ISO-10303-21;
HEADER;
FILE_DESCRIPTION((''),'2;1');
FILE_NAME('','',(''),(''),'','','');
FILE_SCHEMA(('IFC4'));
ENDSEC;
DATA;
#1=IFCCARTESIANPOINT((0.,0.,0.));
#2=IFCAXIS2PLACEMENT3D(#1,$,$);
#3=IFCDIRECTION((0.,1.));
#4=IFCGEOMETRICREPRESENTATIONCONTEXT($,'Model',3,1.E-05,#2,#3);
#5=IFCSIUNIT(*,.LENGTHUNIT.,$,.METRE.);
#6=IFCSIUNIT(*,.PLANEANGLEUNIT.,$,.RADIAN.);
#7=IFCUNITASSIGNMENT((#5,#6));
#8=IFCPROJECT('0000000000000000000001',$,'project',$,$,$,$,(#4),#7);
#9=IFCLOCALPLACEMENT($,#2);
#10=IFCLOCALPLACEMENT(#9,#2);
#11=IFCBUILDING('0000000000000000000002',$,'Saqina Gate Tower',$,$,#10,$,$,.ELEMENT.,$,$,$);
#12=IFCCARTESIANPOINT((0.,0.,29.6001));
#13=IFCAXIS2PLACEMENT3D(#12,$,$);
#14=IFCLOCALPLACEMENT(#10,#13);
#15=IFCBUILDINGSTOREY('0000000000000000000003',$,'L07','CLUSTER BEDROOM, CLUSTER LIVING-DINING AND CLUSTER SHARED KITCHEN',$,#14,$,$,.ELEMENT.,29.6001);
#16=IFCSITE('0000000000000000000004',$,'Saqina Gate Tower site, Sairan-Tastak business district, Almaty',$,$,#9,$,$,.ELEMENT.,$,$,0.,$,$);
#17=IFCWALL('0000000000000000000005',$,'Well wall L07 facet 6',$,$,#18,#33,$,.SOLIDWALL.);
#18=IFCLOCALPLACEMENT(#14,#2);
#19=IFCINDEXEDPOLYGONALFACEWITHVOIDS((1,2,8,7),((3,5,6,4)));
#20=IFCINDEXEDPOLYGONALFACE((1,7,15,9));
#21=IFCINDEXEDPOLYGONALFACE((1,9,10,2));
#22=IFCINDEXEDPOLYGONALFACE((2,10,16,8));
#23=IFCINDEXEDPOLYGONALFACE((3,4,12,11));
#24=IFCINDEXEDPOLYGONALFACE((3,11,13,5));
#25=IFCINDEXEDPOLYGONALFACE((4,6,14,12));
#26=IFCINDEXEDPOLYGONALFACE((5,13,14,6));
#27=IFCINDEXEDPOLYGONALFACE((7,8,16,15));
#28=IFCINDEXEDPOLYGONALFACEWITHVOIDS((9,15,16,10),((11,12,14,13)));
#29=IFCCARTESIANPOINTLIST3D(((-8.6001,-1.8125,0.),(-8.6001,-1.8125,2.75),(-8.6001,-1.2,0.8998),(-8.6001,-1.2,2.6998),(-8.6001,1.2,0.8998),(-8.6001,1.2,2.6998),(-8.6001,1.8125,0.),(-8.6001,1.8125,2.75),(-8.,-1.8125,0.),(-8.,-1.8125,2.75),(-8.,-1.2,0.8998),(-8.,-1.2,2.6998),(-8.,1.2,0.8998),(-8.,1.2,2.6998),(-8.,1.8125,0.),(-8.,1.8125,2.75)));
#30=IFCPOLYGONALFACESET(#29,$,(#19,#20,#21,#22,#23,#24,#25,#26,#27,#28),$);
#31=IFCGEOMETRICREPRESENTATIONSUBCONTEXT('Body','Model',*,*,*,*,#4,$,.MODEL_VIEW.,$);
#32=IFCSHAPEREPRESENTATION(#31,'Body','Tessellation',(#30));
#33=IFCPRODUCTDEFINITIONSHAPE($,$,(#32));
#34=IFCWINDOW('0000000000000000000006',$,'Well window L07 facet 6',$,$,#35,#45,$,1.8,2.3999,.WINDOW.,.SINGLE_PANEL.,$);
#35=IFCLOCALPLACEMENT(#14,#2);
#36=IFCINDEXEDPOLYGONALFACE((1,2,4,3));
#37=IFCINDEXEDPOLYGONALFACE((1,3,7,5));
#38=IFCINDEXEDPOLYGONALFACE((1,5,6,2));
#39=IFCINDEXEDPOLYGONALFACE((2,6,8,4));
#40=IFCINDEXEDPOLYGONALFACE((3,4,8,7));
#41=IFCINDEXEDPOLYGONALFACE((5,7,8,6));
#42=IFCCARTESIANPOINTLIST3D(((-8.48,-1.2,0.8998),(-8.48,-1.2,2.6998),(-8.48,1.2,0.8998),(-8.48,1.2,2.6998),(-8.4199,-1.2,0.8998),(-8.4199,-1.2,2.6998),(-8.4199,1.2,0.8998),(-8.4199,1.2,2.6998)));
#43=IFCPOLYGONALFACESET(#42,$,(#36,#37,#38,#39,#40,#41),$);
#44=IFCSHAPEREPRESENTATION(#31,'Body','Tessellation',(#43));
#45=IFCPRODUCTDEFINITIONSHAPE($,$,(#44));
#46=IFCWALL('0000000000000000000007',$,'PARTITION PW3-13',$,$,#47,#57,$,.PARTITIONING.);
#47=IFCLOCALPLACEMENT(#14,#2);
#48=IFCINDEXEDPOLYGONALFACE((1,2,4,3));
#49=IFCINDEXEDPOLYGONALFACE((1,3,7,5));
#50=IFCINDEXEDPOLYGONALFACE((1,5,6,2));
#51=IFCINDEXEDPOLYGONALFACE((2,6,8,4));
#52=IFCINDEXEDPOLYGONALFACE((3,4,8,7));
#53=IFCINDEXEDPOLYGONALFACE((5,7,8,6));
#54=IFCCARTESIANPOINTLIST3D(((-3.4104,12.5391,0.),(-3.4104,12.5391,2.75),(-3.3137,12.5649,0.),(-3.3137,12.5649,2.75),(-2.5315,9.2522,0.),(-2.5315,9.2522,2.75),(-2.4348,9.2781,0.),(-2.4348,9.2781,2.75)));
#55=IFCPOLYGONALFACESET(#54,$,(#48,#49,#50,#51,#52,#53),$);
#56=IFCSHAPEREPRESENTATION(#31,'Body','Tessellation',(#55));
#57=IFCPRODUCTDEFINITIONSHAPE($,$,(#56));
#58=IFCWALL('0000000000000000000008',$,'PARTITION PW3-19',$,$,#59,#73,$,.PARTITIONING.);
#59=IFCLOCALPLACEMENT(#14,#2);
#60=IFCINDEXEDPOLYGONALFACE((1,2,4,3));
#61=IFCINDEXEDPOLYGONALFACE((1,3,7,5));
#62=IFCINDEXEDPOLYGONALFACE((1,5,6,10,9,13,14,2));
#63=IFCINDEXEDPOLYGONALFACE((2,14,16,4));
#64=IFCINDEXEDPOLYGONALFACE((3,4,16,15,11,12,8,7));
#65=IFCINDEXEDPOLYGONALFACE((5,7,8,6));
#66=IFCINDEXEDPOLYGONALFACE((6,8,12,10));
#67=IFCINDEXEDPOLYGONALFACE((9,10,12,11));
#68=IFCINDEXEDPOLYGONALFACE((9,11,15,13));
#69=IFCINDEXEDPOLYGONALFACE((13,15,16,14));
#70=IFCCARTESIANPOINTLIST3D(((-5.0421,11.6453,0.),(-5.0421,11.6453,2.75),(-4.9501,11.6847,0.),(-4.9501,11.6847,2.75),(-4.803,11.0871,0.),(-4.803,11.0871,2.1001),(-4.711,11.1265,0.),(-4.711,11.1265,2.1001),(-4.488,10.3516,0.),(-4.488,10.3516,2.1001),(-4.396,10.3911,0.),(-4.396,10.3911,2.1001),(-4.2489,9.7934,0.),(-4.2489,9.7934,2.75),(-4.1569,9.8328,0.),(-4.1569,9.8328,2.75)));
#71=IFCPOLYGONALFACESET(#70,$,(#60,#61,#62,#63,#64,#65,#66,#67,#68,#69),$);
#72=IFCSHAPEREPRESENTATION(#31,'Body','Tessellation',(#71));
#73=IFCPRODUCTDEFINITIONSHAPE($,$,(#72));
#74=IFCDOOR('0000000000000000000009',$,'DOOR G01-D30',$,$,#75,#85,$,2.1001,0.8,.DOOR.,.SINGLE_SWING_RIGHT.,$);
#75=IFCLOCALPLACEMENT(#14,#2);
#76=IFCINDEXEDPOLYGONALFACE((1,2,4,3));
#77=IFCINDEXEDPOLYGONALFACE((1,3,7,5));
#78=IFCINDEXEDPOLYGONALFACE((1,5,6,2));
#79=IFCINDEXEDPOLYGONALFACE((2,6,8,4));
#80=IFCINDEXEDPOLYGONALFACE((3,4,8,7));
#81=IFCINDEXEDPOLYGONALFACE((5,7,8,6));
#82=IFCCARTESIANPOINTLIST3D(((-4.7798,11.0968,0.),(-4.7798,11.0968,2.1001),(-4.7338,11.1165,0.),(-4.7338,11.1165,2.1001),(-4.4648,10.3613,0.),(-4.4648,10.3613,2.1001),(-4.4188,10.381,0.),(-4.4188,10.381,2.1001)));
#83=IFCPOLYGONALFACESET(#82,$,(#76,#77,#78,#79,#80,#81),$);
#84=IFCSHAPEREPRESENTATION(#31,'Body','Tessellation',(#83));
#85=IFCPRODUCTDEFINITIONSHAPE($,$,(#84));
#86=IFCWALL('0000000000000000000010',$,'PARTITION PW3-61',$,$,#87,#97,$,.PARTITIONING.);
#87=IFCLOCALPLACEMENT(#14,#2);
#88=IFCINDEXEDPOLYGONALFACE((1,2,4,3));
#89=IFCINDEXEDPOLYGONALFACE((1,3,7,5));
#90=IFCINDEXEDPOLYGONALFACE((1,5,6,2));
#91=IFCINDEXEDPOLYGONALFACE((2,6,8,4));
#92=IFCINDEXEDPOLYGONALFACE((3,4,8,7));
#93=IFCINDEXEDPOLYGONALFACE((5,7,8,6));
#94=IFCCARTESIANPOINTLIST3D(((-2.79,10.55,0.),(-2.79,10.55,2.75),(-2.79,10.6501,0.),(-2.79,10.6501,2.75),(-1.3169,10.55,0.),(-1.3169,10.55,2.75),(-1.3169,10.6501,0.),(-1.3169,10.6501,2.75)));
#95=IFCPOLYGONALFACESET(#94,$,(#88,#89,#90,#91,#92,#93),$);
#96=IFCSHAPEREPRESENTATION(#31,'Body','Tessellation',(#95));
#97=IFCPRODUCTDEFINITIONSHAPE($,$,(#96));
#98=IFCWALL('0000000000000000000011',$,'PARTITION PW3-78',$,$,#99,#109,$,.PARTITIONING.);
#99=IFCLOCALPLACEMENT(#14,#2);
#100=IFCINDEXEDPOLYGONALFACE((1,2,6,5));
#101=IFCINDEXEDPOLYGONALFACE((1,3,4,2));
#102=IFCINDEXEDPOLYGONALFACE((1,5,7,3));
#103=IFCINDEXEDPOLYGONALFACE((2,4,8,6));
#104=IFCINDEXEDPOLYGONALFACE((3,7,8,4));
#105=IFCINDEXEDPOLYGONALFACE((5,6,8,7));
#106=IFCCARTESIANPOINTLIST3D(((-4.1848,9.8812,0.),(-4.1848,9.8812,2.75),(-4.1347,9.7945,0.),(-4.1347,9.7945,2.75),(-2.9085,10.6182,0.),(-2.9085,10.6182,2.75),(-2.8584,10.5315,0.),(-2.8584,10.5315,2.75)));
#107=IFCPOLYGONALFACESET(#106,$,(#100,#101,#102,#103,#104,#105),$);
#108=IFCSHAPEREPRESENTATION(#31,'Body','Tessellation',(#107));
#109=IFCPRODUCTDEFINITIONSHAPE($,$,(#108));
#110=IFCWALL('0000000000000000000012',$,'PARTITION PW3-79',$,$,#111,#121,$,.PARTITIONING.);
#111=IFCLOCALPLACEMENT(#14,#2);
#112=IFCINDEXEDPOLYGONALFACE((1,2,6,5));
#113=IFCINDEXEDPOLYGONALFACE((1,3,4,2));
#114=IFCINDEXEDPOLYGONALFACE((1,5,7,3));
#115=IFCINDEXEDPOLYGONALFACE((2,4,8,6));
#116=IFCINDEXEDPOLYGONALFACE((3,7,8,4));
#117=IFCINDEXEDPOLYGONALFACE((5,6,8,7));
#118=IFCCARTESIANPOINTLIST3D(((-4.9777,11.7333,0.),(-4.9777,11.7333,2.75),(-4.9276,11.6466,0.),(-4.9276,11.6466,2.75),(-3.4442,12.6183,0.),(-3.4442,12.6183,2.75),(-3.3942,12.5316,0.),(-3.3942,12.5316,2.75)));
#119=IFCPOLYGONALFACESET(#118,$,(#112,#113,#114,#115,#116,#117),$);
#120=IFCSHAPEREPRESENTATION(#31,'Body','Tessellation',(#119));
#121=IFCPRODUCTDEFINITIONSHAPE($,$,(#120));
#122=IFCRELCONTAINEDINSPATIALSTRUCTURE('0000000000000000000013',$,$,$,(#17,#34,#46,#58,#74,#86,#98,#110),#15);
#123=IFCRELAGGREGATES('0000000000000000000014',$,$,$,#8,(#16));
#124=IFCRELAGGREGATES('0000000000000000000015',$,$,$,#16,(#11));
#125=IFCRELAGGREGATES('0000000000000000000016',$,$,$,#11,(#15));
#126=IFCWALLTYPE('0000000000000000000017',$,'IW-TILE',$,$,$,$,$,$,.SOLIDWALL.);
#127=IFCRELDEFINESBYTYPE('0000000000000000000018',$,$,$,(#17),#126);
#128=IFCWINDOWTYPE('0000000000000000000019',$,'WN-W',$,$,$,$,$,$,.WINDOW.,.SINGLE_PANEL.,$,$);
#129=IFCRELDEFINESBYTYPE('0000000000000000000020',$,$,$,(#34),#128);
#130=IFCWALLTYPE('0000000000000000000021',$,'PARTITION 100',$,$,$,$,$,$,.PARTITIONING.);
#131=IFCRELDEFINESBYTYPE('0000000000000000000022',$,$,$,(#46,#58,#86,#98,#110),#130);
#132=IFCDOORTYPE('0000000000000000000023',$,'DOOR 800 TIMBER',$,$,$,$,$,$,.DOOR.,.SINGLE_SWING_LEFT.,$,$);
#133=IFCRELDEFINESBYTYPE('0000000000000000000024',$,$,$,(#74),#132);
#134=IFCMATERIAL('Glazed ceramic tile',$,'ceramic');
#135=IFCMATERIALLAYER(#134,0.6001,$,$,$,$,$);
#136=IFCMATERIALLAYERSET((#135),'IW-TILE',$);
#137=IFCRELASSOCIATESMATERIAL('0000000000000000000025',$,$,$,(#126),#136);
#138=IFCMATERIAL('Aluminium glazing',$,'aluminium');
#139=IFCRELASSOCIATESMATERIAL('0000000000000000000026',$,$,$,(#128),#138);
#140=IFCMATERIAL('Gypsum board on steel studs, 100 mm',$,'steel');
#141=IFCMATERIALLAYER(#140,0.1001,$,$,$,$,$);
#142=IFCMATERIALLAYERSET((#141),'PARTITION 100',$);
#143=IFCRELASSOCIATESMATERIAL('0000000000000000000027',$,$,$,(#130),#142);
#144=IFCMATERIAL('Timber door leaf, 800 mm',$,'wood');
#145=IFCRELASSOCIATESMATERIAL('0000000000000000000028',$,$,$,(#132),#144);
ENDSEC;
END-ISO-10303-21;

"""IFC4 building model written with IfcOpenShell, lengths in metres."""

from ifc_helpers import new_model, si_unit, direction, frame, frame_2d, origin, place, context, subcontext, project, spatial, rectangle, extrude, material, layer, layer_set, type_object, element, fill, save


model = new_model("IFC4")

# Units and contexts
model_context = context("Model", 3, precision=1e-05, world=origin(), true_north=direction((0.0, 1.0)))
body_context = subcontext(model_context, "Body", "Model", "MODEL_VIEW")
ifc_project = project(units=[si_unit("LENGTHUNIT", "METRE"), si_unit("PLANEANGLEUNIT", "RADIAN")], contexts=[model_context])

# Site, building, storey
site_placement = place(None, origin())
site = spatial("IfcSite", under=ifc_project, at=site_placement, Name="Saqina Gate Tower site, Sairan-Tastak business district, Almaty", CompositionType="ELEMENT", RefElevation=0.0)
building_placement = place(site_placement, origin())
building = spatial("IfcBuilding", under=site, at=building_placement, Name="Saqina Gate Tower", CompositionType="ELEMENT")
storey_placement = place(building_placement, frame((0.0, 0.0, 29.6001)))
storey = spatial("IfcBuildingStorey", under=building, at=storey_placement, Name="L07", Description="CLUSTER BEDROOM, CLUSTER LIVING-DINING AND CLUSTER SHARED KITCHEN", CompositionType="ELEMENT", Elevation=29.6001)

# Wall, opening, window
ifc_material_1 = material(Name="Glazed ceramic tile", Category="ceramic")
ifc_layer_1 = layer(ifc_material_1, 0.6001)
ifc_layer_set_1 = layer_set([ifc_layer_1], Name="IW-TILE")
wall_type_1 = type_object("IfcWallType", Name="IW-TILE", PredefinedType="SOLIDWALL", material=ifc_layer_set_1)
ifc_material_2 = material(Name="Aluminium glazing", Category="aluminium")
window_type = type_object("IfcWindowType", Name="WN-W", PartitioningType="SINGLE_PANEL", PredefinedType="WINDOW", material=ifc_material_2)
wall_1_placement = place(storey_placement, frame((-8.3, 1.8125, 0.0), z_axis=(0.0, 0.0, 1.0), x_axis=(0.0, -1.0, 0.0)))
wall_1 = element("IfcWall", 1, at=wall_1_placement, inside=storey, type_object=wall_type_1, Name="Well wall L07 facet 6", PredefinedType="SOLIDWALL", context=body_context, shape_type="SweptSolid", body=[
    extrude(rectangle(XDim=3.625, YDim=0.6001, at=frame_2d((1.8125, 0.0))), origin(), (0.0, 0.0, 1.0), 2.75),
])
opening_1_placement = place(wall_1_placement, frame((0.6125, 0.0, 0.8999)))
opening_1 = element("IfcOpeningElement", 2, at=opening_1_placement, cuts=wall_1, PredefinedType="OPENING", context=body_context, shape_type="SweptSolid", body=[
    extrude(rectangle(XDim=2.3999, YDim=1.8, at=frame_2d((1.2, 0.8999))), frame((0.0, 0.312, 0.0), z_axis=(0.0, -1.0, 0.0), x_axis=(1.0, 0.0, 0.0)), (0.0, 0.0, 1.0), 0.624),
])
window_1_placement = place(opening_1_placement, origin())
window_1 = element("IfcWindow", 3, at=window_1_placement, inside=storey, type_object=window_type, Name="Well window L07 facet 6", OverallHeight=1.8, OverallWidth=2.3999, PartitioningType="SINGLE_PANEL", PredefinedType="WINDOW", context=body_context, shape_type="SweptSolid", body=[
    extrude(rectangle(XDim=2.3999, YDim=1.8, at=frame_2d((1.2, 0.8999))), frame((0.0, -0.1199, 0.0), z_axis=(0.0, -1.0, 0.0), x_axis=(1.0, 0.0, 0.0)), (0.0, 0.0, 1.0), 0.0601),
])
fill(opening_1, window_1)

# Wall
ifc_material_3 = material(Name="Gypsum board on steel studs, 100 mm", Category="steel")
ifc_layer_2 = layer(ifc_material_3, 0.1001)
ifc_layer_set_2 = layer_set([ifc_layer_2], Name="PARTITION 100")
wall_type_2 = type_object("IfcWallType", Name="PARTITION 100", PredefinedType="PARTITIONING", material=ifc_layer_set_2)
wall_2_placement = place(storey_placement, frame((-3.3621, 12.552, 0.0), z_axis=(0.0, 0.0, 1.0), x_axis=(0.258324, -0.966058, 0.0)))
element("IfcWall", 4, at=wall_2_placement, inside=storey, type_object=wall_type_2, Name="PARTITION PW3-13", PredefinedType="PARTITIONING", context=body_context, shape_type="SweptSolid", body=[
    extrude(rectangle(XDim=3.4023, YDim=0.1001, at=frame_2d((1.7012, 0.0))), origin(), (0.0, 0.0, 1.0), 2.75),
])

# Wall, opening, door
wall_3_placement = place(storey_placement, frame((-4.9961, 11.665, 0.0), z_axis=(0.0, 0.0, 1.0), x_axis=(0.3937, -0.919239, 0.0)))
wall_3 = element("IfcWall", 5, at=wall_3_placement, inside=storey, type_object=wall_type_2, Name="PARTITION PW3-19", PredefinedType="PARTITIONING", context=body_context, shape_type="SweptSolid", body=[
    extrude(rectangle(XDim=2.0146, YDim=0.1001, at=frame_2d((1.0073, 0.0))), origin(), (0.0, 0.0, 1.0), 2.75),
])
opening_2_placement = place(wall_3_placement, frame((0.6074, 0.0, 0.0)))
opening_2 = element("IfcOpeningElement", 6, at=opening_2_placement, cuts=wall_3, PredefinedType="OPENING", context=body_context, shape_type="SweptSolid", body=[
    extrude(rectangle(XDim=0.8, YDim=2.1001, at=frame_2d((0.3999, 1.05))), frame((0.0, 0.062, 0.0), z_axis=(0.0, -1.0, 0.0), x_axis=(1.0, 0.0, 0.0)), (0.0, 0.0, 1.0), 0.124),
])
ifc_material_4 = material(Name="Timber door leaf, 800 mm", Category="wood")
door_type = type_object("IfcDoorType", Name="DOOR 800 TIMBER", OperationType="SINGLE_SWING_LEFT", PredefinedType="DOOR", material=ifc_material_4)
door_placement = place(opening_2_placement, frame((0.8, 0.0, 0.0), z_axis=(0.0, 0.0, 1.0), x_axis=(-1.0, 0.0, 0.0)))
door = element("IfcDoor", 7, at=door_placement, inside=storey, type_object=door_type, Name="DOOR G01-D30", OperationType="SINGLE_SWING_RIGHT", OverallHeight=2.1001, OverallWidth=0.8, PredefinedType="DOOR", context=body_context, shape_type="SweptSolid", body=[
    extrude(rectangle(XDim=0.8, YDim=2.1001, at=frame_2d((0.3999, 1.05))), frame((0.0, 0.0249, 0.0), z_axis=(0.0, -1.0, 0.0), x_axis=(1.0, 0.0, 0.0)), (0.0, 0.0, 1.0), 0.05),
])
fill(opening_2, door)

# Walls
wall_4_placement = place(storey_placement, frame((-2.79, 10.6001, 0.0), z_axis=(0.0, 0.0, 1.0), x_axis=(1.0, 0.0, 0.0)))
element("IfcWall", 8, at=wall_4_placement, inside=storey, type_object=wall_type_2, Name="PARTITION PW3-61", PredefinedType="PARTITIONING", context=body_context, shape_type="SweptSolid", body=[
    extrude(rectangle(XDim=1.4731, YDim=0.1001, at=frame_2d((0.7366, 0.0))), origin(), (0.0, 0.0, 1.0), 2.75),
])
wall_5_placement = place(storey_placement, frame((-4.1597, 9.8379, 0.0), z_axis=(0.0, 0.0, 1.0), x_axis=(0.865981, 0.500076, 0.0)))
element("IfcWall", 9, at=wall_5_placement, inside=storey, type_object=wall_type_2, Name="PARTITION PW3-78", PredefinedType="PARTITIONING", context=body_context, shape_type="SweptSolid", body=[
    extrude(rectangle(XDim=1.4739, YDim=0.1001, at=frame_2d((0.7368, 0.0))), origin(), (0.0, 0.0, 1.0), 2.75),
])
wall_6_placement = place(storey_placement, frame((-4.9526, 11.6899, 0.0), z_axis=(0.0, 0.0, 1.0), x_axis=(0.866105, 0.499862, 0.0)))
element("IfcWall", 10, at=wall_6_placement, inside=storey, type_object=wall_type_2, Name="PARTITION PW3-79", PredefinedType="PARTITIONING", context=body_context, shape_type="SweptSolid", body=[
    extrude(rectangle(XDim=1.7705, YDim=0.1001, at=frame_2d((0.8853, 0.0))), origin(), (0.0, 0.0, 1.0), 2.75),
])

save(model, "model.ifc")
